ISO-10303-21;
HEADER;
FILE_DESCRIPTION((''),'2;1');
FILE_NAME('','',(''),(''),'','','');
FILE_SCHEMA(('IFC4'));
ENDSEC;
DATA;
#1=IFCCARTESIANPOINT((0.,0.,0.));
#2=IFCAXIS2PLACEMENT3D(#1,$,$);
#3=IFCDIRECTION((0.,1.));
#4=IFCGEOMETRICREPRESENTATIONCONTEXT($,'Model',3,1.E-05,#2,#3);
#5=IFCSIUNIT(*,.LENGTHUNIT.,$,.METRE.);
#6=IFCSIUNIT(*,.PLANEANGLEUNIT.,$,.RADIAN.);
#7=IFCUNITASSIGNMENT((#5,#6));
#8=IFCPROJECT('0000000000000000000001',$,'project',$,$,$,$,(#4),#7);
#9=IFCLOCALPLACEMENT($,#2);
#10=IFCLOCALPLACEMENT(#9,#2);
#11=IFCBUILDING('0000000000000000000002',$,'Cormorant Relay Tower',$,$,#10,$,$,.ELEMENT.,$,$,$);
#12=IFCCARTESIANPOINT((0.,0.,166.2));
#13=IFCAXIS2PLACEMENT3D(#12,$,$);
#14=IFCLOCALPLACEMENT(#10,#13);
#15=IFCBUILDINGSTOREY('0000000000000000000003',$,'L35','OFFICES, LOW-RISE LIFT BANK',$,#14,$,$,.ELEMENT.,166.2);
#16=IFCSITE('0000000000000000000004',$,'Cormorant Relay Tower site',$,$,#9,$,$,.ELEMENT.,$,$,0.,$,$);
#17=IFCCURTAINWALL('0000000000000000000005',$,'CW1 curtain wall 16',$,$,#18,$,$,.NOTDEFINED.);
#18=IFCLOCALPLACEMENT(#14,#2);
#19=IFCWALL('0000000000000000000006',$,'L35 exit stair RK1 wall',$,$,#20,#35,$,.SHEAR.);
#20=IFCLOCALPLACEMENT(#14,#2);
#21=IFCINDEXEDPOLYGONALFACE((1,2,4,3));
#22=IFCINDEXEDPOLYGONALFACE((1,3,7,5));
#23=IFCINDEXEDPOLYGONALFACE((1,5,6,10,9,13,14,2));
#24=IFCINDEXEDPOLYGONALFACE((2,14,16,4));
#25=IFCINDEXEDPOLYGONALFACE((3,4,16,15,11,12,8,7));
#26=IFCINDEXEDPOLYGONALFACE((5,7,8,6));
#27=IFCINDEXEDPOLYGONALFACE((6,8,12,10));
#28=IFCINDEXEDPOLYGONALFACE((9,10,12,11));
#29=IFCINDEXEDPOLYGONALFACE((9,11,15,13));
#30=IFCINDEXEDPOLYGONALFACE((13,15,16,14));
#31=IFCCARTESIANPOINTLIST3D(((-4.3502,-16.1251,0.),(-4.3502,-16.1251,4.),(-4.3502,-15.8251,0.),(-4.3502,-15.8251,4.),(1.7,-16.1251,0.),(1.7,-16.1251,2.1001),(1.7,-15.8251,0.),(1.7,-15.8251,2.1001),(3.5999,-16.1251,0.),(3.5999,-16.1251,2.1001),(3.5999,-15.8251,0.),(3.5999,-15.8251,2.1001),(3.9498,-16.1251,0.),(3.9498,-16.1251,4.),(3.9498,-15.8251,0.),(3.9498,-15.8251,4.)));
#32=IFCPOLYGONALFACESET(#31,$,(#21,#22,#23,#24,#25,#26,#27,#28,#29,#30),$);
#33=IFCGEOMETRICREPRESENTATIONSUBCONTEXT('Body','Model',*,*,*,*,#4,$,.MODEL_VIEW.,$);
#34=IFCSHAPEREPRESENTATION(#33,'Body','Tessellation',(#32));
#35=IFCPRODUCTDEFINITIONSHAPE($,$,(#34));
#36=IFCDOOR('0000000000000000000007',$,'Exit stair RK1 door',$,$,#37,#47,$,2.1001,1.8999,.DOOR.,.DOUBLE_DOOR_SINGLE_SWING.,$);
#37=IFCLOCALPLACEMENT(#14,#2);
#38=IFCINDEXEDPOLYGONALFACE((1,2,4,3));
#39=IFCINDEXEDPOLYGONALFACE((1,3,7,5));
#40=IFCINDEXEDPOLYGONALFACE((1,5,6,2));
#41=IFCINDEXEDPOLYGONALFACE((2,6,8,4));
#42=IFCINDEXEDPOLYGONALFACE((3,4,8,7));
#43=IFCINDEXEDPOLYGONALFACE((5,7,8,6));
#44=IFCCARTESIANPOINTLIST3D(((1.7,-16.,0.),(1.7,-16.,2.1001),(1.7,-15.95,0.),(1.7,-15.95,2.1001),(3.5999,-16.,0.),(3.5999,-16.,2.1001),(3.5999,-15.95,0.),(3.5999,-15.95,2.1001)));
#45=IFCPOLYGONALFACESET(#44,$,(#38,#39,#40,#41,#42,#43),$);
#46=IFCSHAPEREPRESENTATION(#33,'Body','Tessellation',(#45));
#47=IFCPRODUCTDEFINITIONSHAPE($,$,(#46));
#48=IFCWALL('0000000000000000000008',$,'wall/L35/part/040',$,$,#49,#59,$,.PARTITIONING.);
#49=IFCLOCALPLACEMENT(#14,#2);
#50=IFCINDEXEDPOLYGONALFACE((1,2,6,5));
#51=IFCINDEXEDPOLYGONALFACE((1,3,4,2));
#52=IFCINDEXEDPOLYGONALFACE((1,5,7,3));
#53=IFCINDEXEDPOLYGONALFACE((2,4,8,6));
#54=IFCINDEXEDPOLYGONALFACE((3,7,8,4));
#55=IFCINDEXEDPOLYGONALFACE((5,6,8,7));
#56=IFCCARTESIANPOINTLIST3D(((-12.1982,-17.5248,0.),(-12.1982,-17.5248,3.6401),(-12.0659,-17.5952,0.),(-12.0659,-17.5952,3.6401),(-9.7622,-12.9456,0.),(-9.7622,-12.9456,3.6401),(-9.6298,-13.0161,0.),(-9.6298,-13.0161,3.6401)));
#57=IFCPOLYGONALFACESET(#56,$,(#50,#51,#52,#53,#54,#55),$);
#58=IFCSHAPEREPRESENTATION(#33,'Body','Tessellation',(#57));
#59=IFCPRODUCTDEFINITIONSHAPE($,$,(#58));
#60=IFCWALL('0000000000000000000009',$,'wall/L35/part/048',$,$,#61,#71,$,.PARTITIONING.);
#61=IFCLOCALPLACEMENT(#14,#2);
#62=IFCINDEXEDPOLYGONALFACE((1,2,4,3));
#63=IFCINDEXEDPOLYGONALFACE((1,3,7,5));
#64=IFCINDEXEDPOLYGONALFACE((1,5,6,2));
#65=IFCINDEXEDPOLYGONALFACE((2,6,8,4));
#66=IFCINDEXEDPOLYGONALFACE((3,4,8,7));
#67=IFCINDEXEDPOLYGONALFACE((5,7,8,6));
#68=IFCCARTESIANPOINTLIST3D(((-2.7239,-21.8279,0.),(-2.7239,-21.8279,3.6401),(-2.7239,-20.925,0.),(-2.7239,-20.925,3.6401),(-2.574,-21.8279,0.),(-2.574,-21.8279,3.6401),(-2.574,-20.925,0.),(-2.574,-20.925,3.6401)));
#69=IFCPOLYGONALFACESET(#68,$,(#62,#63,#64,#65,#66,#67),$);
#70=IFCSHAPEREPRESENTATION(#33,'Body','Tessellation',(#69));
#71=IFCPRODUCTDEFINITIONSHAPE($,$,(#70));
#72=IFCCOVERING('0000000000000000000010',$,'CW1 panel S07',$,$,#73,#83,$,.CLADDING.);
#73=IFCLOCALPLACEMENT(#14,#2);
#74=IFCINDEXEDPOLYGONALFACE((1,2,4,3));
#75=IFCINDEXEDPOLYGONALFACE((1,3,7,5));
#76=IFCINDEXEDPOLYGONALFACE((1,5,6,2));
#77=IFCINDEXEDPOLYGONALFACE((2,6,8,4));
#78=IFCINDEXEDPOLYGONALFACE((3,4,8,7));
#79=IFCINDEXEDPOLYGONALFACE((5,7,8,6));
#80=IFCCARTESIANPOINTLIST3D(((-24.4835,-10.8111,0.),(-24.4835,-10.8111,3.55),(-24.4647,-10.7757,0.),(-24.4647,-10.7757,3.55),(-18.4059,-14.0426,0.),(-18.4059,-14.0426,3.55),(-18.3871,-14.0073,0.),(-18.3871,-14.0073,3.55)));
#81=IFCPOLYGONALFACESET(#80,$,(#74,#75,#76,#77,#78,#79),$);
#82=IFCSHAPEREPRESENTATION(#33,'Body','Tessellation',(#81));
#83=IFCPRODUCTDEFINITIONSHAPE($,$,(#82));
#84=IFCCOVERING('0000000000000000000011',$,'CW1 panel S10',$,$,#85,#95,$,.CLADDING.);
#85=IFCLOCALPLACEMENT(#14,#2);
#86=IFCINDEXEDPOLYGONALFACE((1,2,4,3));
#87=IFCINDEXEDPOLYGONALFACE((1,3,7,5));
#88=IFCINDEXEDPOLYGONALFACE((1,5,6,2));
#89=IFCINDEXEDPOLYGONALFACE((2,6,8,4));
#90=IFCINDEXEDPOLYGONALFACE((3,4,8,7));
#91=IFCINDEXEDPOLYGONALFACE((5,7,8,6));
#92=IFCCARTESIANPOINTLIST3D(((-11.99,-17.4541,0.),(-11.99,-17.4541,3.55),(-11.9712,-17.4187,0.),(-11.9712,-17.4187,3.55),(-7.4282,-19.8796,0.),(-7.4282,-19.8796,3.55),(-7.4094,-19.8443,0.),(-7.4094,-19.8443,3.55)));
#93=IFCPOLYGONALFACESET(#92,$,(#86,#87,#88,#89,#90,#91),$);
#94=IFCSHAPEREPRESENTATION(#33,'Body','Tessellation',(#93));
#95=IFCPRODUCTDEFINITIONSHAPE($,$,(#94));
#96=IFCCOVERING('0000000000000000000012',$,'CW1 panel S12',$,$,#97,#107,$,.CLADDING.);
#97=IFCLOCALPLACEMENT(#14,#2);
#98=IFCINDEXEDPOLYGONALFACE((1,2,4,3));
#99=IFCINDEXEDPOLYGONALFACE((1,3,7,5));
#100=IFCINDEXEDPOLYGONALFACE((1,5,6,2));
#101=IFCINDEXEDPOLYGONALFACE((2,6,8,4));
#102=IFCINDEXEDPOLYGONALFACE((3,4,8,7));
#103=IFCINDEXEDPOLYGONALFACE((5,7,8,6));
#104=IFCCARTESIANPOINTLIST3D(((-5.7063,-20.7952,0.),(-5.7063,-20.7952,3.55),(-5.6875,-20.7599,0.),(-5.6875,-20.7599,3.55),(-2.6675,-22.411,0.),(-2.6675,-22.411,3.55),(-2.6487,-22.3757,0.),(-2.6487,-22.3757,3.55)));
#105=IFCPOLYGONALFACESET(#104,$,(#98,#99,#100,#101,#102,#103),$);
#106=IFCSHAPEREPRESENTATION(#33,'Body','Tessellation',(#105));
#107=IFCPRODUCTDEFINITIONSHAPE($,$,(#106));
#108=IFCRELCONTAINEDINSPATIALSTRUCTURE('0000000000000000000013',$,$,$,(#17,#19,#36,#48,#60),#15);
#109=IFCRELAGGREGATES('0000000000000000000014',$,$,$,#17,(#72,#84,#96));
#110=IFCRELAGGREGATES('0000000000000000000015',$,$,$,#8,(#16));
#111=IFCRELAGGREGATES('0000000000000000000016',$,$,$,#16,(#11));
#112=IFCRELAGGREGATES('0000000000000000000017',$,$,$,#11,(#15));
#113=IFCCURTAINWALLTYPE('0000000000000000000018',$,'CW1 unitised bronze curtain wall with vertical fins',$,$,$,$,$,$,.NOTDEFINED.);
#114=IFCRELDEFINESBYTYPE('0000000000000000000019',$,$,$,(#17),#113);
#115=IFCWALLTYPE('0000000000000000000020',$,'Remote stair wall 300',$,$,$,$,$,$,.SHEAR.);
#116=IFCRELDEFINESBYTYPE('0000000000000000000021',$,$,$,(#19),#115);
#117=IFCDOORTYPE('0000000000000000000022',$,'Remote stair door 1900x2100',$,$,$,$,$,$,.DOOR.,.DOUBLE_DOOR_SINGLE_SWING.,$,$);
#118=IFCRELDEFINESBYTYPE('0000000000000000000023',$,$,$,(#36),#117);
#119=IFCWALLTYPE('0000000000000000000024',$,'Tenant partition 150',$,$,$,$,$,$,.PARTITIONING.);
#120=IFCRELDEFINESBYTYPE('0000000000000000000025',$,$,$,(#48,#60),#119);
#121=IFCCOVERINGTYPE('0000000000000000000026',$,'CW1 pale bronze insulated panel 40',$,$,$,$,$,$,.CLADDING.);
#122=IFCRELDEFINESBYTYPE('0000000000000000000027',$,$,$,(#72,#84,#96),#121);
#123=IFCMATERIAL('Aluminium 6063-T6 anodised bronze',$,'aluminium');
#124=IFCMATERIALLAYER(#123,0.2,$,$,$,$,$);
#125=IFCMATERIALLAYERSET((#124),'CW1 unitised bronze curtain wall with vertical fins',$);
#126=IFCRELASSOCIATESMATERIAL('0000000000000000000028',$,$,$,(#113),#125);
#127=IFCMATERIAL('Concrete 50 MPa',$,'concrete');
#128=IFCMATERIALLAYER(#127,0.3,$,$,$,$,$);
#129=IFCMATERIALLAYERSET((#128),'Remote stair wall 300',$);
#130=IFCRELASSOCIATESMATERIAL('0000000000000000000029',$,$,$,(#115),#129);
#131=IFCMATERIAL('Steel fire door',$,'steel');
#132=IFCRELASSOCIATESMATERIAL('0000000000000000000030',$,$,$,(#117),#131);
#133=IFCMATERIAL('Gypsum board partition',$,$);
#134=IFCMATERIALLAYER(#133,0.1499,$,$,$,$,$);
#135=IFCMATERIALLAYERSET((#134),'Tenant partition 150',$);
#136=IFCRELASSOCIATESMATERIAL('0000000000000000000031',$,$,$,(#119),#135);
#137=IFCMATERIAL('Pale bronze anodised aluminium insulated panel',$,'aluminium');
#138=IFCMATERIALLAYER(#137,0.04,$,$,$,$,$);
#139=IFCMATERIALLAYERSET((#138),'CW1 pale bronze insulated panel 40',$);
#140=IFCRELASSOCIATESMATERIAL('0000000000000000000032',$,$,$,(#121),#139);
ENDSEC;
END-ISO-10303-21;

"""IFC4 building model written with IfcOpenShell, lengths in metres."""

from ifc_helpers import new_model, si_unit, direction, frame, frame_2d, origin, origin_2d, place, context, subcontext, project, spatial, rectangle, extrude, material, layer, layer_set, type_object, element, fill, aggregate, save


model = new_model("IFC4")

# Units and contexts
model_context = context("Model", 3, precision=1e-05, world=origin(), true_north=direction((0.0, 1.0)))
body_context = subcontext(model_context, "Body", "Model", "MODEL_VIEW")
ifc_project = project(units=[si_unit("LENGTHUNIT", "METRE"), si_unit("PLANEANGLEUNIT", "RADIAN")], contexts=[model_context])

# Site, building, storey
site_placement = place(None, origin())
site = spatial("IfcSite", under=ifc_project, at=site_placement, Name="Cormorant Relay Tower site", CompositionType="ELEMENT", RefElevation=0.0)
building_placement = place(site_placement, origin())
building = spatial("IfcBuilding", under=site, at=building_placement, Name="Cormorant Relay Tower", CompositionType="ELEMENT")
storey_placement = place(building_placement, frame((0.0, 0.0, 166.2)))
storey = spatial("IfcBuildingStorey", under=building, at=storey_placement, Name="L35", Description="OFFICES, LOW-RISE LIFT BANK", CompositionType="ELEMENT", Elevation=166.2)

# Shared definitions
ifc_material_1 = material(Name="Aluminium 6063-T6 anodised bronze", Category="aluminium")
ifc_layer_1 = layer(ifc_material_1, 0.2)
ifc_layer_set_1 = layer_set([ifc_layer_1], Name="CW1 unitised bronze curtain wall with vertical fins")
curtain_wall_type = type_object("IfcCurtainWallType", Name="CW1 unitised bronze curtain wall with vertical fins", PredefinedType="NOTDEFINED", material=ifc_layer_set_1)

# Curtain wall
curtain_wall_1_placement = place(storey_placement, origin())
curtain_wall_1 = element("IfcCurtainWall", 1, at=curtain_wall_1_placement, inside=storey, type_object=curtain_wall_type, Name="CW1 curtain wall 16", PredefinedType="NOTDEFINED")

# Shared definitions
ifc_material_2 = material(Name="Concrete 50 MPa", Category="concrete")
ifc_layer_2 = layer(ifc_material_2, 0.3)
ifc_layer_set_2 = layer_set([ifc_layer_2], Name="Remote stair wall 300")
wall_type_1 = type_object("IfcWallType", Name="Remote stair wall 300", PredefinedType="SHEAR", material=ifc_layer_set_2)

# Wall, opening, door
wall_1_placement = place(storey_placement, frame((-4.3501, -15.9751, 0.0), z_axis=(0.0, 0.0, 1.0), x_axis=(1.0, 0.0, 0.0)))
wall_1 = element("IfcWall", 2, at=wall_1_placement, inside=storey, type_object=wall_type_1, Name="L35 exit stair RK1 wall", PredefinedType="SHEAR", context=body_context, shape_type="SweptSolid", body=[
    extrude(rectangle(XDim=8.3, YDim=0.3, at=frame_2d((4.1499, 0.0))), origin(), (0.0, 0.0, 1.0), 4.0),
])
opening_1_placement = place(wall_1_placement, frame((6.05, 0.0, 0.0)))
opening_1 = element("IfcOpeningElement", 3, at=opening_1_placement, cuts=wall_1, PredefinedType="OPENING", context=body_context, shape_type="SweptSolid", body=[
    extrude(rectangle(XDim=1.8999, YDim=2.1001, at=frame_2d((0.95, 1.05))), frame((0.0, 0.1599, 0.0), z_axis=(0.0, -1.0, 0.0), x_axis=(1.0, 0.0, 0.0)), (0.0, 0.0, 1.0), 0.3201),
])
ifc_material_3 = material(Name="Steel fire door", Category="steel")
door_type_1 = type_object("IfcDoorType", Name="Remote stair door 1900x2100", OperationType="DOUBLE_DOOR_SINGLE_SWING", PredefinedType="DOOR", material=ifc_material_3)
door_1_placement = place(opening_1_placement, frame((1.8999, 0.0, 0.0), z_axis=(0.0, 0.0, 1.0), x_axis=(-1.0, 0.0, 0.0)))
door_1 = element("IfcDoor", 4, at=door_1_placement, inside=storey, type_object=door_type_1, Name="Exit stair RK1 door", OperationType="DOUBLE_DOOR_SINGLE_SWING", OverallHeight=2.1001, OverallWidth=1.8999, PredefinedType="DOOR", context=body_context, shape_type="SweptSolid", body=[
    extrude(rectangle(XDim=1.8999, YDim=2.1001, at=frame_2d((0.95, 1.05))), frame((0.0, 0.0249, 0.0), z_axis=(0.0, -1.0, 0.0), x_axis=(1.0, 0.0, 0.0)), (0.0, 0.0, 1.0), 0.05),
])
fill(opening_1, door_1)

# Walls
ifc_material_4 = material(Name="Gypsum board partition")
ifc_layer_3 = layer(ifc_material_4, 0.1499)
ifc_layer_set_3 = layer_set([ifc_layer_3], Name="Tenant partition 150")
wall_type_2 = type_object("IfcWallType", Name="Tenant partition 150", PredefinedType="PARTITIONING", material=ifc_layer_set_3)
wall_2_placement = place(storey_placement, frame((-9.696, -12.981, 0.0), z_axis=(0.0, 0.0, 1.0), x_axis=(-0.469664, -0.882845, 0.0)))
element("IfcWall", 5, at=wall_2_placement, inside=storey, type_object=wall_type_2, Name="wall/L35/part/040", PredefinedType="PARTITIONING", context=body_context, shape_type="SweptSolid", body=[
    extrude(rectangle(XDim=5.1868, YDim=0.1499, at=frame_2d((2.5933, 0.0))), origin(), (0.0, 0.0, 1.0), 3.6401),
])
wall_3_placement = place(storey_placement, frame((-2.6489, -20.925, 0.0), z_axis=(0.0, 0.0, 1.0), x_axis=(0.0, -1.0, 0.0)))
element("IfcWall", 6, at=wall_3_placement, inside=storey, type_object=wall_type_2, Name="wall/L35/part/048", PredefinedType="PARTITIONING", context=body_context, shape_type="SweptSolid", body=[
    extrude(rectangle(XDim=0.9028, YDim=0.1499, at=frame_2d((0.4514, 0.0))), origin(), (0.0, 0.0, 1.0), 3.6401),
])

# Coverings
ifc_material_5 = material(Name="Pale bronze anodised aluminium insulated panel", Category="aluminium")
ifc_layer_4 = layer(ifc_material_5, 0.04)
ifc_layer_set_4 = layer_set([ifc_layer_4], Name="CW1 pale bronze insulated panel 40")
covering_type = type_object("IfcCoveringType", Name="CW1 pale bronze insulated panel 40", PredefinedType="CLADDING", material=ifc_layer_set_4)
covering_1_placement = place(storey_placement, frame((-21.4353, -12.4092, 0.0), z_axis=(0.0, 0.0, 1.0), x_axis=(0.882948, -0.469472, 0.0)))
covering_1 = element("IfcCovering", 7, at=covering_1_placement, type_object=covering_type, Name="CW1 panel S07", PredefinedType="CLADDING", context=body_context, shape_type="SweptSolid", body=[
    extrude(rectangle(XDim=6.8833, YDim=0.04, at=origin_2d()), origin(), (0.0, 0.0, 1.0), 3.55),
])
covering_2_placement = place(storey_placement, frame((-9.6997, -18.6492, 0.0), z_axis=(0.0, 0.0, 1.0), x_axis=(0.882948, -0.469472, 0.0)))
covering_2 = element("IfcCovering", 8, at=covering_2_placement, type_object=covering_type, Name="CW1 panel S10", PredefinedType="CLADDING", context=body_context, shape_type="SweptSolid", body=[
    extrude(rectangle(XDim=5.1665, YDim=0.04, at=origin_2d()), origin(), (0.0, 0.0, 1.0), 3.55),
])
covering_3_placement = place(storey_placement, frame((-4.1775, -21.5854, 0.0), z_axis=(0.0, 0.0, 1.0), x_axis=(0.882948, -0.469472, 0.0)))
covering_3 = element("IfcCovering", 9, at=covering_3_placement, type_object=covering_type, Name="CW1 panel S12", PredefinedType="CLADDING", context=body_context, shape_type="SweptSolid", body=[
    extrude(rectangle(XDim=3.4417, YDim=0.04, at=origin_2d()), origin(), (0.0, 0.0, 1.0), 3.55),
])
aggregate(curtain_wall_1, [covering_1, covering_2, covering_3])

save(model, "model.ifc")
